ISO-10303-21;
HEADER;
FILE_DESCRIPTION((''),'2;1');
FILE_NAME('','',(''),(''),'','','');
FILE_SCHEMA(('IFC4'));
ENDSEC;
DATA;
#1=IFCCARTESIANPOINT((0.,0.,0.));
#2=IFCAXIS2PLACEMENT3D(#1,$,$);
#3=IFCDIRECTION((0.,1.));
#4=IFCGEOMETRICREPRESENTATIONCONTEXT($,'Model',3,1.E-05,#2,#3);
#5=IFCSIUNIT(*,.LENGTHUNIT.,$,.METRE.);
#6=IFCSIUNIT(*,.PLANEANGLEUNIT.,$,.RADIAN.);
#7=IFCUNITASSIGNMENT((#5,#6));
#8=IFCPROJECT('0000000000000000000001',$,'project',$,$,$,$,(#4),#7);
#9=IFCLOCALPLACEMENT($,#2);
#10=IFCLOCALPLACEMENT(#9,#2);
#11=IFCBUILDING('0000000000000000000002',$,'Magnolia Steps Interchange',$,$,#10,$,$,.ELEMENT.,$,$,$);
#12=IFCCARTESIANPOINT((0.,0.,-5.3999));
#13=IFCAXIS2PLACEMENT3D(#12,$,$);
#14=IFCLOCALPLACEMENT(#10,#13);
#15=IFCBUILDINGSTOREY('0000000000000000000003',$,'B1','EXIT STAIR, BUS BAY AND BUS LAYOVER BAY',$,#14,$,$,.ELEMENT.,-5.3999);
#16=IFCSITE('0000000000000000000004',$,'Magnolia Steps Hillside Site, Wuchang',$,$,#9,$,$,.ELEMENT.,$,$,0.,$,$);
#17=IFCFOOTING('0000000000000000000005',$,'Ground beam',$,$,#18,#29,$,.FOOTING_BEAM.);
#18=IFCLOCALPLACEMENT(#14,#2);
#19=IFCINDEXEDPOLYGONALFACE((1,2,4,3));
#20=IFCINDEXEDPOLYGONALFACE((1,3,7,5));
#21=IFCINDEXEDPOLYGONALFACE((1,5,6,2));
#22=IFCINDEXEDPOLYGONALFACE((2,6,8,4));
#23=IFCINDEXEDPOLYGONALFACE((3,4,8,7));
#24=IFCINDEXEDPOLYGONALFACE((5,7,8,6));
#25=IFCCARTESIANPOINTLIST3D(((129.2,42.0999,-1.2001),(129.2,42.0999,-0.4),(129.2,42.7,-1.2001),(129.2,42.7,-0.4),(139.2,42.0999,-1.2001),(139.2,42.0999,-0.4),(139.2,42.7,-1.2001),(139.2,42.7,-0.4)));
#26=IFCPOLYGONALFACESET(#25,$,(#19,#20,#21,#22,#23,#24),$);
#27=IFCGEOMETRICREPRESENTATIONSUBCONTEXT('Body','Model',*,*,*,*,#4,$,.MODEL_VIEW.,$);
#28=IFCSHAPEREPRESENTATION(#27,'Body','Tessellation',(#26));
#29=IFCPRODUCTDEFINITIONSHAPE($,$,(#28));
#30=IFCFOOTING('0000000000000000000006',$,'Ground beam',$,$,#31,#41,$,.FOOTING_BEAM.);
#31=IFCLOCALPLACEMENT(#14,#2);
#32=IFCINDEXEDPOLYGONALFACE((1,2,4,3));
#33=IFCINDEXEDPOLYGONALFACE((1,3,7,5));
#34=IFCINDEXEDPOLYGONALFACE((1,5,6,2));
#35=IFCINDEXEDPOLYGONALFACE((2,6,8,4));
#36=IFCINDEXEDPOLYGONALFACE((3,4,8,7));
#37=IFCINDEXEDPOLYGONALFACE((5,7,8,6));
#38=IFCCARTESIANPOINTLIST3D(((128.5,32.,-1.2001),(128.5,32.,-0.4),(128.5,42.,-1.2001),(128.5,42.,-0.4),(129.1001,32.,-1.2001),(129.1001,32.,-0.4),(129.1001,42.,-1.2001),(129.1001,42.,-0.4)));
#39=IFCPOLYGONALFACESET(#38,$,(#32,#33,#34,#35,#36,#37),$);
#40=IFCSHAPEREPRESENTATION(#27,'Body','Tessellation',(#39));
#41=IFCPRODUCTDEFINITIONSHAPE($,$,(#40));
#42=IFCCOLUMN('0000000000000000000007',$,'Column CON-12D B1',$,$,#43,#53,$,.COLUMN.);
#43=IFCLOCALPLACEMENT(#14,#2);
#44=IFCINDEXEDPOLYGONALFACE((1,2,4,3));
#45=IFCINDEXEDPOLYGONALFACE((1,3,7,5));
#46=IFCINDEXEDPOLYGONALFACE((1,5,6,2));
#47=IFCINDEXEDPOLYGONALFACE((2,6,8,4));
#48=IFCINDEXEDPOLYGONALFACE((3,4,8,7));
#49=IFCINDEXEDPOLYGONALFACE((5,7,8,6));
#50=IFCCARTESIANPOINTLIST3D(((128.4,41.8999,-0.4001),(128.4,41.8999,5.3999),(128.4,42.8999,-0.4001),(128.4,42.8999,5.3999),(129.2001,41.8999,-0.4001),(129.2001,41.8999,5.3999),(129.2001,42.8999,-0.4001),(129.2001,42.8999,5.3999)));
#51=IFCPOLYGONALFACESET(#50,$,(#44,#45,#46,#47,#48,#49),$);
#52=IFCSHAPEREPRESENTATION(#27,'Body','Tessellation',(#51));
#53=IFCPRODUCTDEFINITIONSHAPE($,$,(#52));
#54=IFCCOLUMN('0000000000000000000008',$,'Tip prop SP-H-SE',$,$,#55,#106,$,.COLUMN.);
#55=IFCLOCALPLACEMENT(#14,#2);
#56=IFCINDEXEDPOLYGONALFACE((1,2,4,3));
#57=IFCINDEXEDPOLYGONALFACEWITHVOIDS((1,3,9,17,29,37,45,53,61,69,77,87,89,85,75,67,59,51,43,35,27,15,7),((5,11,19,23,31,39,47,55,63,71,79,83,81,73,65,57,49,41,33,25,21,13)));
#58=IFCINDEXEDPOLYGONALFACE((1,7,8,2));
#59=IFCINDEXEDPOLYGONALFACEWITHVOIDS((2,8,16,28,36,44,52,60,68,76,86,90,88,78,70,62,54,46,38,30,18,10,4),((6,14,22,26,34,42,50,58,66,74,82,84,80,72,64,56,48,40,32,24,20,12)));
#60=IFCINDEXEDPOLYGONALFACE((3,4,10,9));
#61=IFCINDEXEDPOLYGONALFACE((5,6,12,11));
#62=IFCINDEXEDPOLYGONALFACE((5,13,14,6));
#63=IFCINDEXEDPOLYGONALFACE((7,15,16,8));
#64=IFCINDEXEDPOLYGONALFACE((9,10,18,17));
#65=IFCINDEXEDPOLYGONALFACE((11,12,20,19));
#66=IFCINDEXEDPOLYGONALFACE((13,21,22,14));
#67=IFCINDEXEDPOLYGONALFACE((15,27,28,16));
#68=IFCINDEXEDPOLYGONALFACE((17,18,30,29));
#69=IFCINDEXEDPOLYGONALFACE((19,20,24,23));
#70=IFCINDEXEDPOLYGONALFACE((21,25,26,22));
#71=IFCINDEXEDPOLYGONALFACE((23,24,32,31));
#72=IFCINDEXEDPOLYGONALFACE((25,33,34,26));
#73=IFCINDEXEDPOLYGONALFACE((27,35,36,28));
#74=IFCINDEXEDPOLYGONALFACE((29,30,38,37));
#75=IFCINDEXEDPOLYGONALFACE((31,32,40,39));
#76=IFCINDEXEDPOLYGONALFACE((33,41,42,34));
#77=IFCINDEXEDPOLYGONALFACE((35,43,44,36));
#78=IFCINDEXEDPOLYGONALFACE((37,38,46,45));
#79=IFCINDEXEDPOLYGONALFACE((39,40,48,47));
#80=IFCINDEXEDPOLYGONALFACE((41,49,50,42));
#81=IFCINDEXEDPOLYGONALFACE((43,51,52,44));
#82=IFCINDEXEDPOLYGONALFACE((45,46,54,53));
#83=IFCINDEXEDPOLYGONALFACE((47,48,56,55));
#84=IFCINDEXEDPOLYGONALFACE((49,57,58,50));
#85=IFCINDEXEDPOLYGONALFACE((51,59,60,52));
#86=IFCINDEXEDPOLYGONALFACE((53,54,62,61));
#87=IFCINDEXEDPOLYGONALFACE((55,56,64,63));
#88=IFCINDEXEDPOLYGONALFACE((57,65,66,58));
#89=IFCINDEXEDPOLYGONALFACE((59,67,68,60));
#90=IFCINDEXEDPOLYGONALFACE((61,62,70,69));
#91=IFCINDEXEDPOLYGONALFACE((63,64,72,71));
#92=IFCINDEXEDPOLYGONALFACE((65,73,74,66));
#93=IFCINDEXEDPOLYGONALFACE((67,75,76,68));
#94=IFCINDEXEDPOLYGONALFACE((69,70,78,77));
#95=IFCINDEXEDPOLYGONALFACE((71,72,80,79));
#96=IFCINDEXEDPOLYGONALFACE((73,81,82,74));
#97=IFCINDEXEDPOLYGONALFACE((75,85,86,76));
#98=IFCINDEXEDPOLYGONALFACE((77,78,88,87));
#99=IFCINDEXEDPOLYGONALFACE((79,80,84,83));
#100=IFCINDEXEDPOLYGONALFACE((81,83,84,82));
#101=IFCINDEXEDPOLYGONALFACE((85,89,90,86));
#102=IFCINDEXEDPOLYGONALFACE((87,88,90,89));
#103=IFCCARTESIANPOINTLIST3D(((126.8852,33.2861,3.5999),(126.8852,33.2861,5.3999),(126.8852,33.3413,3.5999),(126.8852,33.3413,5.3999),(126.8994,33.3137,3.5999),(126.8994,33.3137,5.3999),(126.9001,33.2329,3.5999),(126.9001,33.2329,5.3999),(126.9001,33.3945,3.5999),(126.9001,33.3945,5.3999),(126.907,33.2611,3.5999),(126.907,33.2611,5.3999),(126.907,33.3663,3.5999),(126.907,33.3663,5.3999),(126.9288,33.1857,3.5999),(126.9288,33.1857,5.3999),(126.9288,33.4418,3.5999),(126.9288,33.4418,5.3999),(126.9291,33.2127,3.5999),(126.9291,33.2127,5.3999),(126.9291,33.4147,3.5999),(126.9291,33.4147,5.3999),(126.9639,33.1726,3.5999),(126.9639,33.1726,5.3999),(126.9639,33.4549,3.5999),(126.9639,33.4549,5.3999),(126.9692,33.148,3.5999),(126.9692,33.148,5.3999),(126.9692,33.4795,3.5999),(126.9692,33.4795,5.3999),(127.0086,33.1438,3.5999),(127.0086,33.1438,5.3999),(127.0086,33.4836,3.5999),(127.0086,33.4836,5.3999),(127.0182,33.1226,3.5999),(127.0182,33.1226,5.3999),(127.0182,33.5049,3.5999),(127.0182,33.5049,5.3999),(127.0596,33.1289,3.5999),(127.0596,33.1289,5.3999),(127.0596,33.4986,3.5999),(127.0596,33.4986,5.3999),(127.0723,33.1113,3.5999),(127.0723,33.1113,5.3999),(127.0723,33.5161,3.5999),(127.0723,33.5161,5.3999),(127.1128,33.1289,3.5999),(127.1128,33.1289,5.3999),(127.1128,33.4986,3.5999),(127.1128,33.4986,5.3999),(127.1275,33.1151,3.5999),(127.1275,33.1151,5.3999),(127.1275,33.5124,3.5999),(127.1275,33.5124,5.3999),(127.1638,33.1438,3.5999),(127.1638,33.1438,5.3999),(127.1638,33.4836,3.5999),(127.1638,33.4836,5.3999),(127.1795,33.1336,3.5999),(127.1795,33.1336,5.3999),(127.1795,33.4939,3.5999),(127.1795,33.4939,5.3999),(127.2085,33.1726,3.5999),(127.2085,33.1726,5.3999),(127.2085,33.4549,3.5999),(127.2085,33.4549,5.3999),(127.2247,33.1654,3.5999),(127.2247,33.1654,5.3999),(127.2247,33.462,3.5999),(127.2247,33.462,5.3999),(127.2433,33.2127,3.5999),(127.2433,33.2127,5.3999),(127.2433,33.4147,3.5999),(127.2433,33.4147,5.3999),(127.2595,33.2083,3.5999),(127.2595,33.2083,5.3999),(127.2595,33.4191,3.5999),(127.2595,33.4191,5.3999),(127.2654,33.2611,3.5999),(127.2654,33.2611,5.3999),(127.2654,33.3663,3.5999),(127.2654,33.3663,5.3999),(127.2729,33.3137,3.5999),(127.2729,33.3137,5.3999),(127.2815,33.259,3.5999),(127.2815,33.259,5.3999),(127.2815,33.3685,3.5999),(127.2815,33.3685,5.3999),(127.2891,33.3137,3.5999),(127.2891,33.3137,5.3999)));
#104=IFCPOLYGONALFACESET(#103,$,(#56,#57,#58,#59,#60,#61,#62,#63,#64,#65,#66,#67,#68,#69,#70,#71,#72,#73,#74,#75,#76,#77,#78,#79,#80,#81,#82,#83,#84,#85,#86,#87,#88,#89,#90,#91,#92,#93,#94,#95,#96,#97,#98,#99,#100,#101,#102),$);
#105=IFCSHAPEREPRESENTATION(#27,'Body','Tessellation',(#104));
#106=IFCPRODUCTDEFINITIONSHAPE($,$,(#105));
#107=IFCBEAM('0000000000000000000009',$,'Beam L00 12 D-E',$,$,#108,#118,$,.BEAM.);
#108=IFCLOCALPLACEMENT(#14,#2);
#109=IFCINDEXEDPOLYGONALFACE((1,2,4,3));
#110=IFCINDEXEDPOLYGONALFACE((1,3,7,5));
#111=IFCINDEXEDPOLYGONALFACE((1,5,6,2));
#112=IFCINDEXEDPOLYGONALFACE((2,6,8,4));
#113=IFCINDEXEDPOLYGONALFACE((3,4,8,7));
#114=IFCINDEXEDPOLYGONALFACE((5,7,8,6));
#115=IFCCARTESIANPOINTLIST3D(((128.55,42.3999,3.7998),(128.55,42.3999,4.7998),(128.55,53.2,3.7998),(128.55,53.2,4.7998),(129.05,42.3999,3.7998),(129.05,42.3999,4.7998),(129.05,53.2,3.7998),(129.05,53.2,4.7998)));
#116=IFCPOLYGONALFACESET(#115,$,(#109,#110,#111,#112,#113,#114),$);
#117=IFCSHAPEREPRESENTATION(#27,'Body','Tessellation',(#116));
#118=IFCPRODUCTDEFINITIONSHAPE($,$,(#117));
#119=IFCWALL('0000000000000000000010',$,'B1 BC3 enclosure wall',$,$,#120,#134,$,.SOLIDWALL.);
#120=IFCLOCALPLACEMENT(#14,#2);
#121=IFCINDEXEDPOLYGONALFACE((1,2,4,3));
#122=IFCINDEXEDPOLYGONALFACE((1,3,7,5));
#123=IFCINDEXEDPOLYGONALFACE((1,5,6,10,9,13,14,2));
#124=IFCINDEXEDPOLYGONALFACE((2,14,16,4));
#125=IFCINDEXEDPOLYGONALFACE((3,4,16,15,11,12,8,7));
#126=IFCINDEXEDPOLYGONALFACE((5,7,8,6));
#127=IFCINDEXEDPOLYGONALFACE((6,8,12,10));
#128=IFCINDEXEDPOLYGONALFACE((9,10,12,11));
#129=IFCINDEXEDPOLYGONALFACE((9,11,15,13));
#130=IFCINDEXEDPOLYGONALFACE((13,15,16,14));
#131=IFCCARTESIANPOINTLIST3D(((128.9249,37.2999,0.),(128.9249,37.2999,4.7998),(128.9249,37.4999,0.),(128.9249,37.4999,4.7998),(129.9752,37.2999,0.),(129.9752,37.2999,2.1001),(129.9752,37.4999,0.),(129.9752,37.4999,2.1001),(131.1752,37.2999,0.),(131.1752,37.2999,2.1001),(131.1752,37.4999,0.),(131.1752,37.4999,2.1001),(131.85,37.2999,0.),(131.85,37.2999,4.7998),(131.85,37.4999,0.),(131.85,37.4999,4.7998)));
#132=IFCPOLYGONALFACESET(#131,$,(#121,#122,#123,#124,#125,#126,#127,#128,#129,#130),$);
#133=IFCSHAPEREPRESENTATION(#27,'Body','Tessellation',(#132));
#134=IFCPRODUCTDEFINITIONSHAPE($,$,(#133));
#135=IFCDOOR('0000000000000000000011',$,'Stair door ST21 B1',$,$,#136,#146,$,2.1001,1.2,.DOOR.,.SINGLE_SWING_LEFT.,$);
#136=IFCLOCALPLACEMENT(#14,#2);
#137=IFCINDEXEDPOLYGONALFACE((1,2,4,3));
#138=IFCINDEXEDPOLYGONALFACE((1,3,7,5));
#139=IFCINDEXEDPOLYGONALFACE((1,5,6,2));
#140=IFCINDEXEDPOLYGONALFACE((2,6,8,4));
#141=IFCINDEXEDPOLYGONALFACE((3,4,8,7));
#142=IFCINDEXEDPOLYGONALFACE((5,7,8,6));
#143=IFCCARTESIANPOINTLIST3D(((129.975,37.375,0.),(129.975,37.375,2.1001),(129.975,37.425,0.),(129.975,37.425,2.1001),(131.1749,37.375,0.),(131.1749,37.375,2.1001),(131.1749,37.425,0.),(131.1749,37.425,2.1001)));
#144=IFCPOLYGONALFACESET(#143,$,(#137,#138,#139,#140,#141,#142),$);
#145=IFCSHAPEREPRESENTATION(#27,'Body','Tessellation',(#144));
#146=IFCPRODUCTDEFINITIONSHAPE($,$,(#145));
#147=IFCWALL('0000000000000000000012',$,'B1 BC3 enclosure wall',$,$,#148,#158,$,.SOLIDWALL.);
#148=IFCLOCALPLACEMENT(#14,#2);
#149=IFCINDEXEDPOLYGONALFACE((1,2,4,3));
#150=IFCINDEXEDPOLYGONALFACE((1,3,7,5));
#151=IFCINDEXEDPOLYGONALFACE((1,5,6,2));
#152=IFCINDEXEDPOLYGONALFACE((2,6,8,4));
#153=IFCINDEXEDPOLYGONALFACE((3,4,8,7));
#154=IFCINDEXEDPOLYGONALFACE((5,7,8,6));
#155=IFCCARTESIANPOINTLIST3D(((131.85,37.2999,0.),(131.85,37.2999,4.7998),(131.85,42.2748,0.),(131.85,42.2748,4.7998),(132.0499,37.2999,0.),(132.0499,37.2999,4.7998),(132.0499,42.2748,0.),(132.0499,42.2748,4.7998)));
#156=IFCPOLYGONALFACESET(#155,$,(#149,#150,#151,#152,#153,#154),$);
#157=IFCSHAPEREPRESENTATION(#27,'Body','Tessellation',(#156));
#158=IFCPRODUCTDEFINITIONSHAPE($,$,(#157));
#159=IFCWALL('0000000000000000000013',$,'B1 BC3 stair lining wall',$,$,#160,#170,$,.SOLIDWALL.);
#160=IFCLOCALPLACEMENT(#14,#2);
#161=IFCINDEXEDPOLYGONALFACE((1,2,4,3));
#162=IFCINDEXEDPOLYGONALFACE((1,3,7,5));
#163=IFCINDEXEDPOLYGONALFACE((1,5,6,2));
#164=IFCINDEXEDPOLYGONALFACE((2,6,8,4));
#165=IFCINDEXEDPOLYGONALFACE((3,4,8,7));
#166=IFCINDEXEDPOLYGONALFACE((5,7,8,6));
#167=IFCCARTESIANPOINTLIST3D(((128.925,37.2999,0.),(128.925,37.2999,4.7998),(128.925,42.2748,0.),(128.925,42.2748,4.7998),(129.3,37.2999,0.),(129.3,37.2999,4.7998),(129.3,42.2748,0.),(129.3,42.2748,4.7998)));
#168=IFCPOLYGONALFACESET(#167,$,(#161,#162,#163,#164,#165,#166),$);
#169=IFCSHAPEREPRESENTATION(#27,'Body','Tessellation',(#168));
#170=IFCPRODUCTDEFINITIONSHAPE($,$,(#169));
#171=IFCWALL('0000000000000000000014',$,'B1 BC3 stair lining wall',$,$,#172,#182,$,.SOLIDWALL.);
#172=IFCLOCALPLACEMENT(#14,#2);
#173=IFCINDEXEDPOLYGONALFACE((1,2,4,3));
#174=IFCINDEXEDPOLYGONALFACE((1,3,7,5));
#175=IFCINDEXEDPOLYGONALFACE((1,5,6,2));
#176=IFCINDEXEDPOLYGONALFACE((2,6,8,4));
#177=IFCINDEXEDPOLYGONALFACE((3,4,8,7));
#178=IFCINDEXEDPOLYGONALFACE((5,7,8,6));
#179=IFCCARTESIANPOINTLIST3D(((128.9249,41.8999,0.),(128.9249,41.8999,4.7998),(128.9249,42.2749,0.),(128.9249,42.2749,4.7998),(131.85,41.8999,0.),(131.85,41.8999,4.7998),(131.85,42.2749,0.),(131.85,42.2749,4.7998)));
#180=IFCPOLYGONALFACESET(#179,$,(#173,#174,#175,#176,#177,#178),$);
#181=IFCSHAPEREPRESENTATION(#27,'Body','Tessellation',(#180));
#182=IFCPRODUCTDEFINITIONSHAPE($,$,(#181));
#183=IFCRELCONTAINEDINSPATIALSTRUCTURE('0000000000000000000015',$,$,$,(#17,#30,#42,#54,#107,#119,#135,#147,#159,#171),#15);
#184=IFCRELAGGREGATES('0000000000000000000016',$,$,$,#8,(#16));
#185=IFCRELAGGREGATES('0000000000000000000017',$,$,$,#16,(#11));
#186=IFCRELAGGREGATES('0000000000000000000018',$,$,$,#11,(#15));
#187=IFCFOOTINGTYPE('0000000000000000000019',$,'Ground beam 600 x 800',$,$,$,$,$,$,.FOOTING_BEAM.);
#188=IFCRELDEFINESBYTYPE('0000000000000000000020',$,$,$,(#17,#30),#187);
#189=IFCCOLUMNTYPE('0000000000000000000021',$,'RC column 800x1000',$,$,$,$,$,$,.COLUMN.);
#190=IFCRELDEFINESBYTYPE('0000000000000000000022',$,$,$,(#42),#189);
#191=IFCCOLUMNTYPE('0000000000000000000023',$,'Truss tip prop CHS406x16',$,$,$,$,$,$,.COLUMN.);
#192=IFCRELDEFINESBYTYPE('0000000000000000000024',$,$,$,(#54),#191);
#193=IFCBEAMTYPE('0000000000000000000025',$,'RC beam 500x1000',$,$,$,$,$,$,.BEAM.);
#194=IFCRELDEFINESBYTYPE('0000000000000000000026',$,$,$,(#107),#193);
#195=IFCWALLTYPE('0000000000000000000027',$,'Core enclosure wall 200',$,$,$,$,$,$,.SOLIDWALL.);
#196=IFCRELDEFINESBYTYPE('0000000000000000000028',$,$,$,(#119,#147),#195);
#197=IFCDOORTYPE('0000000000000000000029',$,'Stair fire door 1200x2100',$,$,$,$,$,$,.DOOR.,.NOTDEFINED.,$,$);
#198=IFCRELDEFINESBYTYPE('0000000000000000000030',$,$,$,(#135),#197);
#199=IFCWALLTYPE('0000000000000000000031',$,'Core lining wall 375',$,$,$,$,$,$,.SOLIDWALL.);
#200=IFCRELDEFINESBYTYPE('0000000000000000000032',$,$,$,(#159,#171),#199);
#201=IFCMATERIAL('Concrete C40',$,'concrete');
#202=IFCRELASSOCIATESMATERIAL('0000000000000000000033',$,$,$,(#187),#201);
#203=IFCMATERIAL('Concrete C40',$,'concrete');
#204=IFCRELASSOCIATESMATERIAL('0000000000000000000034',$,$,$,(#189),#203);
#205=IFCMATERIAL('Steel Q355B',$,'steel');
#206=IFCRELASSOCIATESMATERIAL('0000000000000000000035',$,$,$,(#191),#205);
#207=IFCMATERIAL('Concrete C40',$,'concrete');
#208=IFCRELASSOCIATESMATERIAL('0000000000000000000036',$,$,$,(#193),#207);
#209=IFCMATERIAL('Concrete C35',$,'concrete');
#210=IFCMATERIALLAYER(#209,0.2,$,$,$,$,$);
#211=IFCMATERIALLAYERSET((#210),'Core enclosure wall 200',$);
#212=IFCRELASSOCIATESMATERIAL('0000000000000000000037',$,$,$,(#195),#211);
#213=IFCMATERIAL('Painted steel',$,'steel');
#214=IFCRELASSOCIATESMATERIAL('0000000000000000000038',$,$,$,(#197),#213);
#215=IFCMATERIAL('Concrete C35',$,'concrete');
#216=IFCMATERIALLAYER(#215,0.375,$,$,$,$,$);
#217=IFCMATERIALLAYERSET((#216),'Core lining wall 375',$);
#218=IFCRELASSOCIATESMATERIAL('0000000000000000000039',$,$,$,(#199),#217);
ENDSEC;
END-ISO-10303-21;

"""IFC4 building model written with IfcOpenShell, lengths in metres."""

from ifc_helpers import new_model, si_unit, direction, frame, frame_2d, origin, origin_2d, place, context, subcontext, project, spatial, rectangle, hollow_circle, extrude, material, layer, layer_set, material_profile, profile_set, type_object, element, fill, save


model = new_model("IFC4")

# Units and contexts
model_context = context("Model", 3, precision=1e-05, world=origin(), true_north=direction((0.0, 1.0)))
body_context = subcontext(model_context, "Body", "Model", "MODEL_VIEW")
ifc_project = project(units=[si_unit("LENGTHUNIT", "METRE"), si_unit("PLANEANGLEUNIT", "RADIAN")], contexts=[model_context])

# Site, building, storey
site_placement = place(None, origin())
site = spatial("IfcSite", under=ifc_project, at=site_placement, Name="Magnolia Steps Hillside Site, Wuchang", CompositionType="ELEMENT", RefElevation=0.0)
building_placement = place(site_placement, origin())
building = spatial("IfcBuilding", under=site, at=building_placement, Name="Magnolia Steps Interchange", CompositionType="ELEMENT")
storey_placement = place(building_placement, frame((0.0, 0.0, -5.3999)))
storey = spatial("IfcBuildingStorey", under=building, at=storey_placement, Name="B1", Description="EXIT STAIR, BUS BAY AND BUS LAYOVER BAY", CompositionType="ELEMENT", Elevation=-5.3999)

# Footings
ifc_material_1 = material(Name="Concrete C40", Category="concrete")
ifc_material_profile_1 = material_profile(ifc_material_1, rectangle(XDim=0.6001, YDim=0.8, at=origin_2d()), Name="RC600x800")
ifc_profile_set_1 = profile_set([ifc_material_profile_1], Name="Concrete C40")
footing_type = type_object("IfcFootingType", Name="Ground beam 600 x 800", PredefinedType="FOOTING_BEAM", material=ifc_profile_set_1)
for number, where, z_axis, x_axis, name in (
    (1, (129.2, 42.3999, -0.8), (1.0, 0.0, 0.0), (0.0, 1.0, 0.0), "Ground beam"),
    (2, (128.8, 32.0, -0.8), (0.0, 1.0, 0.0), (-1.0, 0.0, 0.0), "Ground beam"),
):
    element("IfcFooting", number, at=place(storey_placement, frame(where, z_axis=z_axis, x_axis=x_axis)), inside=storey, type_object=footing_type, Name=name, PredefinedType="FOOTING_BEAM", context=body_context, shape_type="SweptSolid", body=[
        extrude(rectangle(XDim=0.6001, YDim=0.8, at=origin_2d()), origin(), (0.0, 0.0, 1.0), 10.0),
    ])

# Columns
ifc_material_2 = material(Name="Concrete C40", Category="concrete")
ifc_material_profile_2 = material_profile(ifc_material_2, rectangle(XDim=0.8, YDim=1.0, at=origin_2d()), Name="RC800x1000")
ifc_profile_set_2 = profile_set([ifc_material_profile_2], Name="Concrete C40")
column_type_1 = type_object("IfcColumnType", Name="RC column 800x1000", PredefinedType="COLUMN", material=ifc_profile_set_2)
column_1_placement = place(storey_placement, frame((128.8, 42.3999, -0.4001), z_axis=(0.0, 0.0, 1.0), x_axis=(1.0, 0.0, 0.0)))
element("IfcColumn", 3, at=column_1_placement, inside=storey, type_object=column_type_1, Name="Column CON-12D B1", PredefinedType="COLUMN", context=body_context, shape_type="SweptSolid", body=[
    extrude(rectangle(XDim=0.8, YDim=1.0, at=origin_2d()), origin(), (0.0, 0.0, 1.0), 5.8),
])
ifc_material_3 = material(Name="Steel Q355B", Category="steel")
ifc_material_profile_3 = material_profile(ifc_material_3, hollow_circle(Radius=0.2029, WallThickness=0.0161, at=origin_2d()), Name="CHS406x16")
ifc_profile_set_3 = profile_set([ifc_material_profile_3], Name="Steel Q355B")
column_type_2 = type_object("IfcColumnType", Name="Truss tip prop CHS406x16", PredefinedType="COLUMN", material=ifc_profile_set_3)
column_2_placement = place(storey_placement, frame((127.0862, 33.3137, 3.5999), z_axis=(0.0, 0.0, 1.0), x_axis=(1.0, 0.0, 0.0)))
element("IfcColumn", 4, at=column_2_placement, inside=storey, type_object=column_type_2, Name="Tip prop SP-H-SE", PredefinedType="COLUMN", context=body_context, shape_type="SweptSolid", body=[
    extrude(hollow_circle(Radius=0.2029, WallThickness=0.0161, at=origin_2d()), origin(), (0.0, 0.0, 1.0), 1.8),
])

# Beam
ifc_material_4 = material(Name="Concrete C40", Category="concrete")
ifc_material_profile_4 = material_profile(ifc_material_4, rectangle(XDim=0.5, YDim=1.0, at=origin_2d()), Name="RC500x1000")
ifc_profile_set_4 = profile_set([ifc_material_profile_4], Name="Concrete C40")
beam_type = type_object("IfcBeamType", Name="RC beam 500x1000", PredefinedType="BEAM", material=ifc_profile_set_4)
beam_placement = place(storey_placement, frame((128.8, 42.3999, 4.2998), z_axis=(0.0, 1.0, 0.0), x_axis=(-1.0, 0.0, 0.0)))
element("IfcBeam", 5, at=beam_placement, inside=storey, type_object=beam_type, Name="Beam L00 12 D-E", PredefinedType="BEAM", context=body_context, shape_type="SweptSolid", body=[
    extrude(rectangle(XDim=0.5, YDim=1.0, at=origin_2d()), origin(), (0.0, 0.0, 1.0), 10.8),
])

# Wall, opening, door
ifc_material_5 = material(Name="Concrete C35", Category="concrete")
ifc_layer_1 = layer(ifc_material_5, 0.2)
ifc_layer_set_1 = layer_set([ifc_layer_1], Name="Core enclosure wall 200")
wall_type_1 = type_object("IfcWallType", Name="Core enclosure wall 200", PredefinedType="SOLIDWALL", material=ifc_layer_set_1)
wall_1_placement = place(storey_placement, frame((128.925, 37.3999, 0.0), z_axis=(0.0, 0.0, 1.0), x_axis=(1.0, 0.0, 0.0)))
wall_1 = element("IfcWall", 6, at=wall_1_placement, inside=storey, type_object=wall_type_1, Name="B1 BC3 enclosure wall", PredefinedType="SOLIDWALL", context=body_context, shape_type="SweptSolid", body=[
    extrude(rectangle(XDim=2.925, YDim=0.2, at=frame_2d((1.4624, 0.0))), origin(), (0.0, 0.0, 1.0), 4.7998),
])
opening_1_placement = place(wall_1_placement, frame((1.05, 0.0, 0.0)))
opening_1 = element("IfcOpeningElement", 7, at=opening_1_placement, cuts=wall_1, PredefinedType="OPENING", context=body_context, shape_type="SweptSolid", body=[
    extrude(rectangle(XDim=1.2, YDim=2.1001, at=frame_2d((0.6001, 1.05))), frame((0.0, 0.1099, 0.0), z_axis=(0.0, -1.0, 0.0), x_axis=(1.0, 0.0, 0.0)), (0.0, 0.0, 1.0), 0.22),
])
ifc_material_6 = material(Name="Painted steel", Category="steel")
door_type_1 = type_object("IfcDoorType", Name="Stair fire door 1200x2100", OperationType="NOTDEFINED", PredefinedType="DOOR", material=ifc_material_6)
door_1_placement = place(opening_1_placement, frame((1.2, 0.0, 0.0), z_axis=(0.0, 0.0, 1.0), x_axis=(-1.0, 0.0, 0.0)))
door_1 = element("IfcDoor", 8, at=door_1_placement, inside=storey, type_object=door_type_1, Name="Stair door ST21 B1", OperationType="SINGLE_SWING_LEFT", OverallHeight=2.1001, OverallWidth=1.2, PredefinedType="DOOR", context=body_context, shape_type="SweptSolid", body=[
    extrude(rectangle(XDim=1.2, YDim=2.1001, at=frame_2d((0.6001, 1.05))), frame((0.0, 0.0249, 0.0), z_axis=(0.0, -1.0, 0.0), x_axis=(1.0, 0.0, 0.0)), (0.0, 0.0, 1.0), 0.05),
])
fill(opening_1, door_1)

# Walls
wall_2_placement = place(storey_placement, frame((131.95, 37.3, 0.0), z_axis=(0.0, 0.0, 1.0), x_axis=(0.0, 1.0, 0.0)))
element("IfcWall", 9, at=wall_2_placement, inside=storey, type_object=wall_type_1, Name="B1 BC3 enclosure wall", PredefinedType="SOLIDWALL", context=body_context, shape_type="SweptSolid", body=[
    extrude(rectangle(XDim=4.9749, YDim=0.2, at=frame_2d((2.4873, 0.0))), origin(), (0.0, 0.0, 1.0), 4.7998),
])
ifc_material_7 = material(Name="Concrete C35", Category="concrete")
ifc_layer_2 = layer(ifc_material_7, 0.375)
ifc_layer_set_2 = layer_set([ifc_layer_2], Name="Core lining wall 375")
wall_type_2 = type_object("IfcWallType", Name="Core lining wall 375", PredefinedType="SOLIDWALL", material=ifc_layer_set_2)
wall_3_placement = place(storey_placement, frame((129.1125, 37.3, 0.0), z_axis=(0.0, 0.0, 1.0), x_axis=(0.0, 1.0, 0.0)))
element("IfcWall", 10, at=wall_3_placement, inside=storey, type_object=wall_type_2, Name="B1 BC3 stair lining wall", PredefinedType="SOLIDWALL", context=body_context, shape_type="SweptSolid", body=[
    extrude(rectangle(XDim=4.9749, YDim=0.375, at=frame_2d((2.4873, 0.0))), origin(), (0.0, 0.0, 1.0), 4.7998),
])
wall_4_placement = place(storey_placement, frame((128.925, 42.0874, 0.0), z_axis=(0.0, 0.0, 1.0), x_axis=(1.0, 0.0, 0.0)))
element("IfcWall", 11, at=wall_4_placement, inside=storey, type_object=wall_type_2, Name="B1 BC3 stair lining wall", PredefinedType="SOLIDWALL", context=body_context, shape_type="SweptSolid", body=[
    extrude(rectangle(XDim=2.925, YDim=0.375, at=frame_2d((1.4624, 0.0))), origin(), (0.0, 0.0, 1.0), 4.7998),
])

save(model, "model.ifc")
